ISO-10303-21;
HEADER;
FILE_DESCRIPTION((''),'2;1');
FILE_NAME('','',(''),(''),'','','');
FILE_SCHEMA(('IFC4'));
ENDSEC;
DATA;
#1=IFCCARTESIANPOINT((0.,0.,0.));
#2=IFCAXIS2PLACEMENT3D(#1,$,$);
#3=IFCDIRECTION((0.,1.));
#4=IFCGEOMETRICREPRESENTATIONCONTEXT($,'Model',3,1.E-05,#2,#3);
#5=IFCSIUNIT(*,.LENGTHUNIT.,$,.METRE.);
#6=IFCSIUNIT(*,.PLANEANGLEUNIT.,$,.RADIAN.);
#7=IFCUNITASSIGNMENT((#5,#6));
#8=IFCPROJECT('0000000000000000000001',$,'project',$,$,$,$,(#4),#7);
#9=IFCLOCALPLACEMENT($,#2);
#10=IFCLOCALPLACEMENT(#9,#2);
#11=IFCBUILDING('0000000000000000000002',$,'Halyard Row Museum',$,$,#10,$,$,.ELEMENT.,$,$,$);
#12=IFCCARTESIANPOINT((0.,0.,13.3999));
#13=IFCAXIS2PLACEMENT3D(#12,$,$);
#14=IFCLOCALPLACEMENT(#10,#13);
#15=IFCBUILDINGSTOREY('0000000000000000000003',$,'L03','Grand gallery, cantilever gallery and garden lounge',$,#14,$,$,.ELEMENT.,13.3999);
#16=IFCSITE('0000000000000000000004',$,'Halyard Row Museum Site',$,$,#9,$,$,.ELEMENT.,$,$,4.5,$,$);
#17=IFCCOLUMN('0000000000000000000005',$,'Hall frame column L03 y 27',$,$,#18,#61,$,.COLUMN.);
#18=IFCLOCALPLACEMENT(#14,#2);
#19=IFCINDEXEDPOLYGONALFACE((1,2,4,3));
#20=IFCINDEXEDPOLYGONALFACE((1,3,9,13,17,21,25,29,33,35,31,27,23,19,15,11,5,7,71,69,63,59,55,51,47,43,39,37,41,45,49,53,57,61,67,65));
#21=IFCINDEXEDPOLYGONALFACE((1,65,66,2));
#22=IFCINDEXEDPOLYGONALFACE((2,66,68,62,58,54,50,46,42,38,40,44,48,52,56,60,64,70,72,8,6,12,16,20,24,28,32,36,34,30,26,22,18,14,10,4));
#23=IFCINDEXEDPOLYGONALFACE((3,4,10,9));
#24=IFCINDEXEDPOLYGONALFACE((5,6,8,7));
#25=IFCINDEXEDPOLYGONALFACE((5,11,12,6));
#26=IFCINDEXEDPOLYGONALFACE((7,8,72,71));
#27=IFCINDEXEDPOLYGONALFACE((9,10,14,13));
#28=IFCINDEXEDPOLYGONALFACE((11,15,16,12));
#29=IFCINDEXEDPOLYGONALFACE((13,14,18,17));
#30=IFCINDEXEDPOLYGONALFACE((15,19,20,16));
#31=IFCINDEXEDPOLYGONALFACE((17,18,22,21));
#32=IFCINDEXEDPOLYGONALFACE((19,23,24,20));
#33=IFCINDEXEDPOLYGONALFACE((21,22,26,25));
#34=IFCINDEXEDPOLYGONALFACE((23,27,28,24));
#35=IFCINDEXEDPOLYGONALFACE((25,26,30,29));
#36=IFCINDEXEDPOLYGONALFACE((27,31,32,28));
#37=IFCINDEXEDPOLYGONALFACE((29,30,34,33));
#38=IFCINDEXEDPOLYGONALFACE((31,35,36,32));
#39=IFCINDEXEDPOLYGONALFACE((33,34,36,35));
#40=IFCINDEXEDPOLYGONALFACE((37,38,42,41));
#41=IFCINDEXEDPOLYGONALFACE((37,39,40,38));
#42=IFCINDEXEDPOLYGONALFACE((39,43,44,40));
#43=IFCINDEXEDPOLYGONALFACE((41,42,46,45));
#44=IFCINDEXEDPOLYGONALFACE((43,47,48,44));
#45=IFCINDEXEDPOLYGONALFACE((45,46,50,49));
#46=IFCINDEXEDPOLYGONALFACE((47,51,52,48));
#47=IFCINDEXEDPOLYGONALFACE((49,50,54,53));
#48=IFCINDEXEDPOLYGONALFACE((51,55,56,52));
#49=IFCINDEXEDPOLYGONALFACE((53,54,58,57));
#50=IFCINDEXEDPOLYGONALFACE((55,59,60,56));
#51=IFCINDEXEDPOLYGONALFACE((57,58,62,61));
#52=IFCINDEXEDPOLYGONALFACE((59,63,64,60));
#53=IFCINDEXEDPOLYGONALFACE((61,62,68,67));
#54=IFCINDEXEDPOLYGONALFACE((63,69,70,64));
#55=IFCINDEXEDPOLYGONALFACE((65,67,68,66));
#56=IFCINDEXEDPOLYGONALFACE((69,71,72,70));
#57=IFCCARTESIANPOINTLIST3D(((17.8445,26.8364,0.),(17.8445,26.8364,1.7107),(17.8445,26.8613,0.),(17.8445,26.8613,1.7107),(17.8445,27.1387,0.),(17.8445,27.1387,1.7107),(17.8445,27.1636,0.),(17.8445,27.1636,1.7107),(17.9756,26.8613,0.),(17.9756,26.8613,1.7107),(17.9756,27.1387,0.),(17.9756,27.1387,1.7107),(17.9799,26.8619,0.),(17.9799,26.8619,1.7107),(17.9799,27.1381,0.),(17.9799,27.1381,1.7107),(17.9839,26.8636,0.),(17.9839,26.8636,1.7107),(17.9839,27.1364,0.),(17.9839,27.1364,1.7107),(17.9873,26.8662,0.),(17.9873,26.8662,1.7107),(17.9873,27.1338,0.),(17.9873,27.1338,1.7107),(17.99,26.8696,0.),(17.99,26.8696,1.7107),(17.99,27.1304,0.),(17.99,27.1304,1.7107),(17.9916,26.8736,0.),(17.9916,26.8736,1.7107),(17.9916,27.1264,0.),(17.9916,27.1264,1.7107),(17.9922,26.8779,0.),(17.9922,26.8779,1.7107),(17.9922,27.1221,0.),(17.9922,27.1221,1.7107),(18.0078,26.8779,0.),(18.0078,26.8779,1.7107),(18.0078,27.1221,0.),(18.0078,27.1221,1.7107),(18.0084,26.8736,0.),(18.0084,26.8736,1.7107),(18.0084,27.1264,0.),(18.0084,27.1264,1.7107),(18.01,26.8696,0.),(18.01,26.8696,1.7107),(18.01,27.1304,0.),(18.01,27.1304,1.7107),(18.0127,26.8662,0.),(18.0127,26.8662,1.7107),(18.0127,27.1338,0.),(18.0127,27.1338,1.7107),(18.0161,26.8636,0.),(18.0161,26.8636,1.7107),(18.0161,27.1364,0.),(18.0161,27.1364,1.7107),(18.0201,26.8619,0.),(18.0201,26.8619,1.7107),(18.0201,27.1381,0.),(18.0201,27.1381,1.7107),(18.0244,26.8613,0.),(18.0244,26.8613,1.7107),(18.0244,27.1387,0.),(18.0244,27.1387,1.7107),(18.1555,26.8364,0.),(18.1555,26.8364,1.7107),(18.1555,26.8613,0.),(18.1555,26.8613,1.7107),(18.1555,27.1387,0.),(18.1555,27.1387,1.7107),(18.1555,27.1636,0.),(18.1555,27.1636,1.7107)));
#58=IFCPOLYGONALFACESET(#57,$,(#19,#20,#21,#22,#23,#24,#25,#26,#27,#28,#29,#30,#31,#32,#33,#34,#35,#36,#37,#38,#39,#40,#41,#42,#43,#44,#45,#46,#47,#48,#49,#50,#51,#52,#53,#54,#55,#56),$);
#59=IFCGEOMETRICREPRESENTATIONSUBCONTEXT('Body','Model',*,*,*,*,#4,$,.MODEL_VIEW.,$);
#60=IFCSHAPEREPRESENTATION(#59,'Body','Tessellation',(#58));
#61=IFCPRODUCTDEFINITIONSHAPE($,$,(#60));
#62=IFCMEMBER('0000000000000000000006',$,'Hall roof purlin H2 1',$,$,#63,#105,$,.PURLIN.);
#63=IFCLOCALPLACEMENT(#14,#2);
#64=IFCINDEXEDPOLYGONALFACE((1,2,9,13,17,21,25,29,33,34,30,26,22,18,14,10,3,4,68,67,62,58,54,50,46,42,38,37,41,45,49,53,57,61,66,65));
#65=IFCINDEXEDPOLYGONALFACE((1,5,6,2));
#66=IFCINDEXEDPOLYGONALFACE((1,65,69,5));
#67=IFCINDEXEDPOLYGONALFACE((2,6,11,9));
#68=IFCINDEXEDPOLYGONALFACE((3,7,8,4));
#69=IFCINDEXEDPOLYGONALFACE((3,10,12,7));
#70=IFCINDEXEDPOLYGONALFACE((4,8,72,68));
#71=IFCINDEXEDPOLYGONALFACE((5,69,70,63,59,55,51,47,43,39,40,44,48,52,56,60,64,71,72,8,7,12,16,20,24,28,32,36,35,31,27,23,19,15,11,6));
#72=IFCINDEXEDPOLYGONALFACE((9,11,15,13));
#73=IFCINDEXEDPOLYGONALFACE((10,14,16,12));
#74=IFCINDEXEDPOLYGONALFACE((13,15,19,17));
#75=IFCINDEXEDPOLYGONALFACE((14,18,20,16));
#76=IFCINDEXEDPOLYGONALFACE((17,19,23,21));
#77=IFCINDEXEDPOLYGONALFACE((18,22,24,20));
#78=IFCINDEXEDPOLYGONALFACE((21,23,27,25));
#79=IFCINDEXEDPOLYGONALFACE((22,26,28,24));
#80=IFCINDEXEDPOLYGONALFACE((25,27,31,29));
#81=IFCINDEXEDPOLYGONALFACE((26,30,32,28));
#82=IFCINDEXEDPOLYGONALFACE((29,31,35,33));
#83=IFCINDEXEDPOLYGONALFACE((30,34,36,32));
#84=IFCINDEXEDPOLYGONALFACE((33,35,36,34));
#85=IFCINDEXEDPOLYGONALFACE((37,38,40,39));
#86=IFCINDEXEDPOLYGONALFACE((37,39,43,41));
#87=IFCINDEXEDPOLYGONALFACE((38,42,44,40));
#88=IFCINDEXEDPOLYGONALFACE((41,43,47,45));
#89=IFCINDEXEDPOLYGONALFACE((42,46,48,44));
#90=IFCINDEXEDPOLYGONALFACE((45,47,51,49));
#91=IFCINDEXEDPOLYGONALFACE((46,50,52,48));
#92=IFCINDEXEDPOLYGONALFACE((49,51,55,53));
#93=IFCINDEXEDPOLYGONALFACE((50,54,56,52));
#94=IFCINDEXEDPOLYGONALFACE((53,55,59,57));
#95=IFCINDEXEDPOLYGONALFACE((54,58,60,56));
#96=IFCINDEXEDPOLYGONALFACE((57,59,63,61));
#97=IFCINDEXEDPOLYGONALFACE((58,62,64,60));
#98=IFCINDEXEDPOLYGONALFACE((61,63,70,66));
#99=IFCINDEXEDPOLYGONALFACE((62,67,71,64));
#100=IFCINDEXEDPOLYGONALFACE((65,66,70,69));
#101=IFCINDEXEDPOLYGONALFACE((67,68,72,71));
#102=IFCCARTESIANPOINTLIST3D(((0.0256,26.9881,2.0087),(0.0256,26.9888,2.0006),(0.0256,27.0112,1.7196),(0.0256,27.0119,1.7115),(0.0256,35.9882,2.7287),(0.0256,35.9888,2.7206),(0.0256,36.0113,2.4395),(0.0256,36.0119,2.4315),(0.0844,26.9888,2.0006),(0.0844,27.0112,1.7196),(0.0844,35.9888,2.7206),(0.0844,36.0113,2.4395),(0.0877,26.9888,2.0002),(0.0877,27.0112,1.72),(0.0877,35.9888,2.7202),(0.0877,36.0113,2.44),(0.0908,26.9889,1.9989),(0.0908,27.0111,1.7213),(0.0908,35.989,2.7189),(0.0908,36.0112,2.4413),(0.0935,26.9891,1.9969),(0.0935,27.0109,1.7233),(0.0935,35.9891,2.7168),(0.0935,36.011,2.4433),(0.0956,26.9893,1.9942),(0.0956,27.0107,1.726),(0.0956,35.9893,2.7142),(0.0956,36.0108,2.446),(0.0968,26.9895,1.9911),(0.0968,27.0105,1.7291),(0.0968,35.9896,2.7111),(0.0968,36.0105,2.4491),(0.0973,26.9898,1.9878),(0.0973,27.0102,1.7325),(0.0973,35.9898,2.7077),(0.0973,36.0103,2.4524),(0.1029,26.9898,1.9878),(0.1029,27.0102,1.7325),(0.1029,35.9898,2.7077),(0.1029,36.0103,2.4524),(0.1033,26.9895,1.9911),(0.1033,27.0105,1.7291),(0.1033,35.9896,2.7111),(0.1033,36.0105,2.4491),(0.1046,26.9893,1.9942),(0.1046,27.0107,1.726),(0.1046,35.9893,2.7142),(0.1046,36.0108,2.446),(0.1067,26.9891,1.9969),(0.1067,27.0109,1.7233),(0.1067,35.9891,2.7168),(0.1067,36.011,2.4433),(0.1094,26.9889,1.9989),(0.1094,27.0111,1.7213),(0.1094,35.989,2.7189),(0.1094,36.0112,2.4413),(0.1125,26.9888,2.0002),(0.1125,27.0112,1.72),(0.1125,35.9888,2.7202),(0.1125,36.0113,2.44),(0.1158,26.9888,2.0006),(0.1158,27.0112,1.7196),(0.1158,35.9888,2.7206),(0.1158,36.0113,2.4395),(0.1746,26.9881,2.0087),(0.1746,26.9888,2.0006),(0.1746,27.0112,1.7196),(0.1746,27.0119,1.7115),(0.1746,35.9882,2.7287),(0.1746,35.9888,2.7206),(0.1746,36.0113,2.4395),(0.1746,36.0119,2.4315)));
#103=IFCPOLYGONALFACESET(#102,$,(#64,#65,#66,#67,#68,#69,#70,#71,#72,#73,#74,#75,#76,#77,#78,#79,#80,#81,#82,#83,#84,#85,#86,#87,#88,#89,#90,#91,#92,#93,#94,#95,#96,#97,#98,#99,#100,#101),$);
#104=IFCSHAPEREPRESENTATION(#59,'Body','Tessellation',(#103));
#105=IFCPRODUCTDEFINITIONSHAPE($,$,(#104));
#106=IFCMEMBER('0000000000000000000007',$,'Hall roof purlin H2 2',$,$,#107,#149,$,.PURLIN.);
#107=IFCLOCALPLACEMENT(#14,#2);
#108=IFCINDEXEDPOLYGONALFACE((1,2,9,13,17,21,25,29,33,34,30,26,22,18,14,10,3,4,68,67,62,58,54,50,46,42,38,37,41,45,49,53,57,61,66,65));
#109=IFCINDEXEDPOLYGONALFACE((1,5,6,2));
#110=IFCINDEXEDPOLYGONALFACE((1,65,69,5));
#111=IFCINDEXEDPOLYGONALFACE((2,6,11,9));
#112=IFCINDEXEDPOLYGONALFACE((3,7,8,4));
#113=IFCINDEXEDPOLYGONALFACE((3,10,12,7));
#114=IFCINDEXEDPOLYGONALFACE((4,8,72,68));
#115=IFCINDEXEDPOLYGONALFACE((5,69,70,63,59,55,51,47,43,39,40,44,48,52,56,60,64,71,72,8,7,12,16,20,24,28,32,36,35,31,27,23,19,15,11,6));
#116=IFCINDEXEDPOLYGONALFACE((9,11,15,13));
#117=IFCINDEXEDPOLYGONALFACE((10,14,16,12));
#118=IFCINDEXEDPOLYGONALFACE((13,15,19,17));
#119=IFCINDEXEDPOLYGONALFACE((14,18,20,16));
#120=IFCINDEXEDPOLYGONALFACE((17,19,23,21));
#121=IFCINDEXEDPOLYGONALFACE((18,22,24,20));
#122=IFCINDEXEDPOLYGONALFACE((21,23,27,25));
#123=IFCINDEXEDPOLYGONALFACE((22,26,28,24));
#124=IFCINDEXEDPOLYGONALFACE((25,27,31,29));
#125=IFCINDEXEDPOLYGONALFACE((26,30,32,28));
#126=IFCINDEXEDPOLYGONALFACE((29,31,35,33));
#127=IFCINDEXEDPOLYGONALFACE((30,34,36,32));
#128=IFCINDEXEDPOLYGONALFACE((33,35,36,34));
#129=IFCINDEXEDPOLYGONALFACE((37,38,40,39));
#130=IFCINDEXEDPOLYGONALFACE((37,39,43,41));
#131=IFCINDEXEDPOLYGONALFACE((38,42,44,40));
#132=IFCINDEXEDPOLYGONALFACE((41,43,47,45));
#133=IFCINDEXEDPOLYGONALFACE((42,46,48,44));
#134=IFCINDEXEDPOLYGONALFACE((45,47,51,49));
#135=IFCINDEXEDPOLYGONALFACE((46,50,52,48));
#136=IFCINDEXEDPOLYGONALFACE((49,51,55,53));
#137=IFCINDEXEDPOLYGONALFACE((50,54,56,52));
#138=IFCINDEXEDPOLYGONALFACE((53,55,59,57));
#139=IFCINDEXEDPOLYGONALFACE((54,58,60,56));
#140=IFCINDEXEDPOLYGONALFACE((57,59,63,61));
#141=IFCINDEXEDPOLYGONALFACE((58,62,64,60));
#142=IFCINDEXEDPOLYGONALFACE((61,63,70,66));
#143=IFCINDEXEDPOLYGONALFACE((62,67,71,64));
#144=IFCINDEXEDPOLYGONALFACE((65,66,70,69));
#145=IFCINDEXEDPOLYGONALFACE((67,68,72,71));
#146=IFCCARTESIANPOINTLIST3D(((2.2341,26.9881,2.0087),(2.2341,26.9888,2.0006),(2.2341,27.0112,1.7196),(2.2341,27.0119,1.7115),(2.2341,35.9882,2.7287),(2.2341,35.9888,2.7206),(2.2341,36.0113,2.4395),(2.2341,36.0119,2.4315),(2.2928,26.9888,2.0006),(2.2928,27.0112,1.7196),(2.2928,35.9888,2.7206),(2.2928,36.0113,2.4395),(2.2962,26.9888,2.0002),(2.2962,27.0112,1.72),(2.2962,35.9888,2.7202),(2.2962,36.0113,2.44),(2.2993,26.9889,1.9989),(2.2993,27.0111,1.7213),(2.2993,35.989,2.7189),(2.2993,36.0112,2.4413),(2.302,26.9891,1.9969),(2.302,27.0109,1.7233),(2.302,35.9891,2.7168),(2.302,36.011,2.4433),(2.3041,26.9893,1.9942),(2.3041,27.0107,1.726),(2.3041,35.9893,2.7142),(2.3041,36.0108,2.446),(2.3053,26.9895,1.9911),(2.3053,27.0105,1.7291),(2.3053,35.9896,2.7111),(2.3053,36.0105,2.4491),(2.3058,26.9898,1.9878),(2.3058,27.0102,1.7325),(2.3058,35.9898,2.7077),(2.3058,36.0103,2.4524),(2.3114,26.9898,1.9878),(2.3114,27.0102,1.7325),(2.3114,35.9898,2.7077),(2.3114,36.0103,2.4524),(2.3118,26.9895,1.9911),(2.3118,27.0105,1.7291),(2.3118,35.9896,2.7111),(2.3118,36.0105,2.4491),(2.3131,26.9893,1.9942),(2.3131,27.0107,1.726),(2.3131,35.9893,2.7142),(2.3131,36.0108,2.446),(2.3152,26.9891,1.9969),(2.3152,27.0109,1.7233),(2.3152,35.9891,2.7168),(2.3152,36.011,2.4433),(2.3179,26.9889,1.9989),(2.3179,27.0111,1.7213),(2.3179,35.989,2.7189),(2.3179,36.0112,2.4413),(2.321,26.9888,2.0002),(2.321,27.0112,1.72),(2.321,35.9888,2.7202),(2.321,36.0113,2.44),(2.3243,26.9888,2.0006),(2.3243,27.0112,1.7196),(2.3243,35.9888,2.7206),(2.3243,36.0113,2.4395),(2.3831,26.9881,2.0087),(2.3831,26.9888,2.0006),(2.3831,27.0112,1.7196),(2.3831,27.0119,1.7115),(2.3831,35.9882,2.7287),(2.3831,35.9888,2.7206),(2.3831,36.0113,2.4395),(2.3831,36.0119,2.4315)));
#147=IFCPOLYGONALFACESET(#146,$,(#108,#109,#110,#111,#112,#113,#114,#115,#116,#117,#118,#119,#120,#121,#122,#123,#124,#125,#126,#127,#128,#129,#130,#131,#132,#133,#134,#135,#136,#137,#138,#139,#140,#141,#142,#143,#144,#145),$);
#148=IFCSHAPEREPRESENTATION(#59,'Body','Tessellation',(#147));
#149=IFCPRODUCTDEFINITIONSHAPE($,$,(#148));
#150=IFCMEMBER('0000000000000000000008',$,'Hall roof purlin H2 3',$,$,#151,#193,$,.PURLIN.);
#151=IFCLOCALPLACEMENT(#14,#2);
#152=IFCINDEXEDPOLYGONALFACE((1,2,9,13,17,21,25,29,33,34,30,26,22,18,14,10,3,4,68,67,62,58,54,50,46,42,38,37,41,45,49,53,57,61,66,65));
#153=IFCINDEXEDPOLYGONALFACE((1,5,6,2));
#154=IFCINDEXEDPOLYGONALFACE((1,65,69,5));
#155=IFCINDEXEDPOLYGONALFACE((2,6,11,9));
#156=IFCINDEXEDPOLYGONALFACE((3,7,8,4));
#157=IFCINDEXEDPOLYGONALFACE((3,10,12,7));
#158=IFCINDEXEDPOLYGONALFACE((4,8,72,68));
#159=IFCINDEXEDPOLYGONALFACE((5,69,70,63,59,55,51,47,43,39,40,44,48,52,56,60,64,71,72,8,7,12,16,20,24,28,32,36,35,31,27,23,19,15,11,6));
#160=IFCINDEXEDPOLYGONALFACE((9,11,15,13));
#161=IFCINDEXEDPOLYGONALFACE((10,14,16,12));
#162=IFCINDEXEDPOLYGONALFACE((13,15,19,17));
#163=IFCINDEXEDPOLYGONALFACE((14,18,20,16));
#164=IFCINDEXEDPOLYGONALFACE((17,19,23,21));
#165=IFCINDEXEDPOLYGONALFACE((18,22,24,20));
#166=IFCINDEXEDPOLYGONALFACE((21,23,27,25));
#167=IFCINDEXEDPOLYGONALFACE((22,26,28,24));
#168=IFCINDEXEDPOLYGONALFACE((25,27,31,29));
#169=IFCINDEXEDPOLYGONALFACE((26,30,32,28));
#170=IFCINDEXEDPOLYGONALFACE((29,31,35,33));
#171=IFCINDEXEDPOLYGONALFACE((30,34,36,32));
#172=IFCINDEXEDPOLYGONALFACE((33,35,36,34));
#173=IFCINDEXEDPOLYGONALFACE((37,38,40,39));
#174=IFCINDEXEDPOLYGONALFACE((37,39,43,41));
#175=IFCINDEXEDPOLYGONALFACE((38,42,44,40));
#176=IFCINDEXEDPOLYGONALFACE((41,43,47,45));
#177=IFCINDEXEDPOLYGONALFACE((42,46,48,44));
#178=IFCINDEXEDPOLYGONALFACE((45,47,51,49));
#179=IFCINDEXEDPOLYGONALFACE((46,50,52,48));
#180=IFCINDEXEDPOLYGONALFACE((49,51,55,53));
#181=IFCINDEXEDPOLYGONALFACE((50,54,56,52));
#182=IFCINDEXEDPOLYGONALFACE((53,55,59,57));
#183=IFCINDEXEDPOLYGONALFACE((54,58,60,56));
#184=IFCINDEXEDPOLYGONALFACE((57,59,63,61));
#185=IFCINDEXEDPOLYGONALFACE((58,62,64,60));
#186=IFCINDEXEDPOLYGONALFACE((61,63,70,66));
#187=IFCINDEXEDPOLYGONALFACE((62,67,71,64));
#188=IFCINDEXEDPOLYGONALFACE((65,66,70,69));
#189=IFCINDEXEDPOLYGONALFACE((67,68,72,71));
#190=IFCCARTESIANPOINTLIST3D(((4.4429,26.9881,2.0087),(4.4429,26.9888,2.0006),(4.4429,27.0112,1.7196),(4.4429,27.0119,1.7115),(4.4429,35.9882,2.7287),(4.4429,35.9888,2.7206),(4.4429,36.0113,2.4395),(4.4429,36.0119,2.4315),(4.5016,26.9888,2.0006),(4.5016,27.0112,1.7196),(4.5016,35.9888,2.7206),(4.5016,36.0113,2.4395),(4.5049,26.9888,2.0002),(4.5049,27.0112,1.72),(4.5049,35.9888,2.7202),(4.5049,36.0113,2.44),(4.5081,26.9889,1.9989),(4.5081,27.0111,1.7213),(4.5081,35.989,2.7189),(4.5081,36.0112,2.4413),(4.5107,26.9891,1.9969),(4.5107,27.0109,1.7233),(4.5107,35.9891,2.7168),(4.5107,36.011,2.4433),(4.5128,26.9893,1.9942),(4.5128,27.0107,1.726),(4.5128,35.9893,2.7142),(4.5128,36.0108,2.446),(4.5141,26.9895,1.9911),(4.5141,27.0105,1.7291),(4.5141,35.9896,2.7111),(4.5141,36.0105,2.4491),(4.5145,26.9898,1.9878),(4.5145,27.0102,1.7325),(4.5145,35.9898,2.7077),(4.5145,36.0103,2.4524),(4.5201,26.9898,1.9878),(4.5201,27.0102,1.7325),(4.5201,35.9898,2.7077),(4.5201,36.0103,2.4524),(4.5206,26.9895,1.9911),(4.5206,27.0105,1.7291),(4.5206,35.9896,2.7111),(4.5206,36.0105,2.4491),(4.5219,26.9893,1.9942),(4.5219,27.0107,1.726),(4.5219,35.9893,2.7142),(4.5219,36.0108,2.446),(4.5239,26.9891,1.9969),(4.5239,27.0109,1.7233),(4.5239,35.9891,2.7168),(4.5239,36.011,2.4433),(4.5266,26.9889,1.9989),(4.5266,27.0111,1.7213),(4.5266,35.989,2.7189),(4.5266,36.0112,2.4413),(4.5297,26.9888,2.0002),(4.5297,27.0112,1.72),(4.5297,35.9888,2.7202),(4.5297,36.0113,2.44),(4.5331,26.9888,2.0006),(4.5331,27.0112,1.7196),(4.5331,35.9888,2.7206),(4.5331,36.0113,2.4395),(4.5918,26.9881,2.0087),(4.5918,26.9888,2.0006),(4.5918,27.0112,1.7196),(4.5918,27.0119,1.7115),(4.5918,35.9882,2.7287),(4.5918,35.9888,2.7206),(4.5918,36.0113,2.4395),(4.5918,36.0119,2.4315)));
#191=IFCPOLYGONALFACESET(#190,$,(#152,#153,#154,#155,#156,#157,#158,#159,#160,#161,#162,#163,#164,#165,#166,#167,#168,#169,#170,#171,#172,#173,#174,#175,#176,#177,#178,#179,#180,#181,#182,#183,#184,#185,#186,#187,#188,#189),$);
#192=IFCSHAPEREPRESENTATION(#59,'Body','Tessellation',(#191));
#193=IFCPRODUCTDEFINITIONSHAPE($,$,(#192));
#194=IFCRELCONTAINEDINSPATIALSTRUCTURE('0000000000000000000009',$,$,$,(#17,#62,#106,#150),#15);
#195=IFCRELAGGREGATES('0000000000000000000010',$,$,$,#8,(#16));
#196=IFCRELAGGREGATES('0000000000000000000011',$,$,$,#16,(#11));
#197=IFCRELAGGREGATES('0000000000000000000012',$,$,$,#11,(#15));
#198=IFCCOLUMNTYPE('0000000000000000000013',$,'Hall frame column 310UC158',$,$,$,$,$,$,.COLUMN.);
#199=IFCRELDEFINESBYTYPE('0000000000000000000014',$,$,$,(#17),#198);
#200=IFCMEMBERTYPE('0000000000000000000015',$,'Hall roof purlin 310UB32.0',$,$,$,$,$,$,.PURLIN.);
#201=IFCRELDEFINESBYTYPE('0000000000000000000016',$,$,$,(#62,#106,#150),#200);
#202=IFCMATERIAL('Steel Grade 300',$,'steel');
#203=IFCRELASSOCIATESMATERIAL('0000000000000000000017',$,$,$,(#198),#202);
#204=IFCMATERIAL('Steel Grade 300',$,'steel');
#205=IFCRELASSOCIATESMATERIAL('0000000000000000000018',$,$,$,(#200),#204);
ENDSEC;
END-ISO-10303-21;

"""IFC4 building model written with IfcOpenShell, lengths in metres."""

from ifc_helpers import new_model, si_unit, direction, frame, origin, origin_2d, place, context, subcontext, project, spatial, i_section, extrude, material, material_profile, profile_set, type_object, element, save


model = new_model("IFC4")

# Units and contexts
model_context = context("Model", 3, precision=1e-05, world=origin(), true_north=direction((0.0, 1.0)))
body_context = subcontext(model_context, "Body", "Model", "MODEL_VIEW")
ifc_project = project(units=[si_unit("LENGTHUNIT", "METRE"), si_unit("PLANEANGLEUNIT", "RADIAN")], contexts=[model_context])

# Site, building, storey
site_placement = place(None, origin())
site = spatial("IfcSite", under=ifc_project, at=site_placement, Name="Halyard Row Museum Site", CompositionType="ELEMENT", RefElevation=4.5)
building_placement = place(site_placement, origin())
building = spatial("IfcBuilding", under=site, at=building_placement, Name="Halyard Row Museum", CompositionType="ELEMENT")
storey_placement = place(building_placement, frame((0.0, 0.0, 13.3999)))
storey = spatial("IfcBuildingStorey", under=building, at=storey_placement, Name="L03", Description="Grand gallery, cantilever gallery and garden lounge", CompositionType="ELEMENT", Elevation=13.3999)

# Column
ifc_material_1 = material(Name="Steel Grade 300", Category="steel")
ifc_material_profile_1 = material_profile(ifc_material_1, i_section(OverallWidth=0.311, OverallDepth=0.3271, WebThickness=0.0156, FlangeThickness=0.0249, FilletRadius=0.0166, at=origin_2d()), Name="310UC158")
ifc_profile_set_1 = profile_set([ifc_material_profile_1], Name="Steel Grade 300")
column_type = type_object("IfcColumnType", Name="Hall frame column 310UC158", PredefinedType="COLUMN", material=ifc_profile_set_1)
column_placement = place(storey_placement, frame((18.0, 27.0, 0.0), z_axis=(0.0, 0.0, 1.0), x_axis=(1.0, 0.0, 0.0)))
element("IfcColumn", 1, at=column_placement, inside=storey, type_object=column_type, Name="Hall frame column L03 y 27", PredefinedType="COLUMN", context=body_context, shape_type="SweptSolid", body=[
    extrude(i_section(OverallWidth=0.311, OverallDepth=0.3271, WebThickness=0.0156, FlangeThickness=0.0249, FilletRadius=0.0166, at=origin_2d()), origin(), (0.0, 0.0, 1.0), 1.7107),
])

# Members
ifc_material_2 = material(Name="Steel Grade 300", Category="steel")
ifc_material_profile_2 = material_profile(ifc_material_2, i_section(OverallWidth=0.1489, OverallDepth=0.2981, WebThickness=0.0056, FlangeThickness=0.0081, FilletRadius=0.0129, at=origin_2d()), Name="310UB32.0")
ifc_profile_set_2 = profile_set([ifc_material_profile_2], Name="Steel Grade 300")
member_type_1 = type_object("IfcMemberType", Name="Hall roof purlin 310UB32.0", PredefinedType="PURLIN", material=ifc_profile_set_2)
for number, where, z_axis, x_axis, name in (
    (2, (0.1001, 27.0, 1.8601), (0.0, 0.996816, 0.079742), (-1.0, 0.0, 0.0), "Hall roof purlin H2 1"),
    (3, (2.3086, 27.0, 1.8601), (0.0, 0.996816, 0.079742), (-1.0, 0.0, 0.0), "Hall roof purlin H2 2"),
    (4, (4.5173, 27.0, 1.8601), (0.0, 0.996816, 0.079742), (-1.0, 0.0, 0.0), "Hall roof purlin H2 3"),
):
    element("IfcMember", number, at=place(storey_placement, frame(where, z_axis=z_axis, x_axis=x_axis)), inside=storey, type_object=member_type_1, Name=name, PredefinedType="PURLIN", context=body_context, shape_type="SweptSolid", body=[
        extrude(i_section(OverallWidth=0.1489, OverallDepth=0.2981, WebThickness=0.0056, FlangeThickness=0.0081, FilletRadius=0.0129, at=origin_2d()), origin(), (0.0, 0.0, 1.0), 9.0288),
    ])

save(model, "model.ifc")
